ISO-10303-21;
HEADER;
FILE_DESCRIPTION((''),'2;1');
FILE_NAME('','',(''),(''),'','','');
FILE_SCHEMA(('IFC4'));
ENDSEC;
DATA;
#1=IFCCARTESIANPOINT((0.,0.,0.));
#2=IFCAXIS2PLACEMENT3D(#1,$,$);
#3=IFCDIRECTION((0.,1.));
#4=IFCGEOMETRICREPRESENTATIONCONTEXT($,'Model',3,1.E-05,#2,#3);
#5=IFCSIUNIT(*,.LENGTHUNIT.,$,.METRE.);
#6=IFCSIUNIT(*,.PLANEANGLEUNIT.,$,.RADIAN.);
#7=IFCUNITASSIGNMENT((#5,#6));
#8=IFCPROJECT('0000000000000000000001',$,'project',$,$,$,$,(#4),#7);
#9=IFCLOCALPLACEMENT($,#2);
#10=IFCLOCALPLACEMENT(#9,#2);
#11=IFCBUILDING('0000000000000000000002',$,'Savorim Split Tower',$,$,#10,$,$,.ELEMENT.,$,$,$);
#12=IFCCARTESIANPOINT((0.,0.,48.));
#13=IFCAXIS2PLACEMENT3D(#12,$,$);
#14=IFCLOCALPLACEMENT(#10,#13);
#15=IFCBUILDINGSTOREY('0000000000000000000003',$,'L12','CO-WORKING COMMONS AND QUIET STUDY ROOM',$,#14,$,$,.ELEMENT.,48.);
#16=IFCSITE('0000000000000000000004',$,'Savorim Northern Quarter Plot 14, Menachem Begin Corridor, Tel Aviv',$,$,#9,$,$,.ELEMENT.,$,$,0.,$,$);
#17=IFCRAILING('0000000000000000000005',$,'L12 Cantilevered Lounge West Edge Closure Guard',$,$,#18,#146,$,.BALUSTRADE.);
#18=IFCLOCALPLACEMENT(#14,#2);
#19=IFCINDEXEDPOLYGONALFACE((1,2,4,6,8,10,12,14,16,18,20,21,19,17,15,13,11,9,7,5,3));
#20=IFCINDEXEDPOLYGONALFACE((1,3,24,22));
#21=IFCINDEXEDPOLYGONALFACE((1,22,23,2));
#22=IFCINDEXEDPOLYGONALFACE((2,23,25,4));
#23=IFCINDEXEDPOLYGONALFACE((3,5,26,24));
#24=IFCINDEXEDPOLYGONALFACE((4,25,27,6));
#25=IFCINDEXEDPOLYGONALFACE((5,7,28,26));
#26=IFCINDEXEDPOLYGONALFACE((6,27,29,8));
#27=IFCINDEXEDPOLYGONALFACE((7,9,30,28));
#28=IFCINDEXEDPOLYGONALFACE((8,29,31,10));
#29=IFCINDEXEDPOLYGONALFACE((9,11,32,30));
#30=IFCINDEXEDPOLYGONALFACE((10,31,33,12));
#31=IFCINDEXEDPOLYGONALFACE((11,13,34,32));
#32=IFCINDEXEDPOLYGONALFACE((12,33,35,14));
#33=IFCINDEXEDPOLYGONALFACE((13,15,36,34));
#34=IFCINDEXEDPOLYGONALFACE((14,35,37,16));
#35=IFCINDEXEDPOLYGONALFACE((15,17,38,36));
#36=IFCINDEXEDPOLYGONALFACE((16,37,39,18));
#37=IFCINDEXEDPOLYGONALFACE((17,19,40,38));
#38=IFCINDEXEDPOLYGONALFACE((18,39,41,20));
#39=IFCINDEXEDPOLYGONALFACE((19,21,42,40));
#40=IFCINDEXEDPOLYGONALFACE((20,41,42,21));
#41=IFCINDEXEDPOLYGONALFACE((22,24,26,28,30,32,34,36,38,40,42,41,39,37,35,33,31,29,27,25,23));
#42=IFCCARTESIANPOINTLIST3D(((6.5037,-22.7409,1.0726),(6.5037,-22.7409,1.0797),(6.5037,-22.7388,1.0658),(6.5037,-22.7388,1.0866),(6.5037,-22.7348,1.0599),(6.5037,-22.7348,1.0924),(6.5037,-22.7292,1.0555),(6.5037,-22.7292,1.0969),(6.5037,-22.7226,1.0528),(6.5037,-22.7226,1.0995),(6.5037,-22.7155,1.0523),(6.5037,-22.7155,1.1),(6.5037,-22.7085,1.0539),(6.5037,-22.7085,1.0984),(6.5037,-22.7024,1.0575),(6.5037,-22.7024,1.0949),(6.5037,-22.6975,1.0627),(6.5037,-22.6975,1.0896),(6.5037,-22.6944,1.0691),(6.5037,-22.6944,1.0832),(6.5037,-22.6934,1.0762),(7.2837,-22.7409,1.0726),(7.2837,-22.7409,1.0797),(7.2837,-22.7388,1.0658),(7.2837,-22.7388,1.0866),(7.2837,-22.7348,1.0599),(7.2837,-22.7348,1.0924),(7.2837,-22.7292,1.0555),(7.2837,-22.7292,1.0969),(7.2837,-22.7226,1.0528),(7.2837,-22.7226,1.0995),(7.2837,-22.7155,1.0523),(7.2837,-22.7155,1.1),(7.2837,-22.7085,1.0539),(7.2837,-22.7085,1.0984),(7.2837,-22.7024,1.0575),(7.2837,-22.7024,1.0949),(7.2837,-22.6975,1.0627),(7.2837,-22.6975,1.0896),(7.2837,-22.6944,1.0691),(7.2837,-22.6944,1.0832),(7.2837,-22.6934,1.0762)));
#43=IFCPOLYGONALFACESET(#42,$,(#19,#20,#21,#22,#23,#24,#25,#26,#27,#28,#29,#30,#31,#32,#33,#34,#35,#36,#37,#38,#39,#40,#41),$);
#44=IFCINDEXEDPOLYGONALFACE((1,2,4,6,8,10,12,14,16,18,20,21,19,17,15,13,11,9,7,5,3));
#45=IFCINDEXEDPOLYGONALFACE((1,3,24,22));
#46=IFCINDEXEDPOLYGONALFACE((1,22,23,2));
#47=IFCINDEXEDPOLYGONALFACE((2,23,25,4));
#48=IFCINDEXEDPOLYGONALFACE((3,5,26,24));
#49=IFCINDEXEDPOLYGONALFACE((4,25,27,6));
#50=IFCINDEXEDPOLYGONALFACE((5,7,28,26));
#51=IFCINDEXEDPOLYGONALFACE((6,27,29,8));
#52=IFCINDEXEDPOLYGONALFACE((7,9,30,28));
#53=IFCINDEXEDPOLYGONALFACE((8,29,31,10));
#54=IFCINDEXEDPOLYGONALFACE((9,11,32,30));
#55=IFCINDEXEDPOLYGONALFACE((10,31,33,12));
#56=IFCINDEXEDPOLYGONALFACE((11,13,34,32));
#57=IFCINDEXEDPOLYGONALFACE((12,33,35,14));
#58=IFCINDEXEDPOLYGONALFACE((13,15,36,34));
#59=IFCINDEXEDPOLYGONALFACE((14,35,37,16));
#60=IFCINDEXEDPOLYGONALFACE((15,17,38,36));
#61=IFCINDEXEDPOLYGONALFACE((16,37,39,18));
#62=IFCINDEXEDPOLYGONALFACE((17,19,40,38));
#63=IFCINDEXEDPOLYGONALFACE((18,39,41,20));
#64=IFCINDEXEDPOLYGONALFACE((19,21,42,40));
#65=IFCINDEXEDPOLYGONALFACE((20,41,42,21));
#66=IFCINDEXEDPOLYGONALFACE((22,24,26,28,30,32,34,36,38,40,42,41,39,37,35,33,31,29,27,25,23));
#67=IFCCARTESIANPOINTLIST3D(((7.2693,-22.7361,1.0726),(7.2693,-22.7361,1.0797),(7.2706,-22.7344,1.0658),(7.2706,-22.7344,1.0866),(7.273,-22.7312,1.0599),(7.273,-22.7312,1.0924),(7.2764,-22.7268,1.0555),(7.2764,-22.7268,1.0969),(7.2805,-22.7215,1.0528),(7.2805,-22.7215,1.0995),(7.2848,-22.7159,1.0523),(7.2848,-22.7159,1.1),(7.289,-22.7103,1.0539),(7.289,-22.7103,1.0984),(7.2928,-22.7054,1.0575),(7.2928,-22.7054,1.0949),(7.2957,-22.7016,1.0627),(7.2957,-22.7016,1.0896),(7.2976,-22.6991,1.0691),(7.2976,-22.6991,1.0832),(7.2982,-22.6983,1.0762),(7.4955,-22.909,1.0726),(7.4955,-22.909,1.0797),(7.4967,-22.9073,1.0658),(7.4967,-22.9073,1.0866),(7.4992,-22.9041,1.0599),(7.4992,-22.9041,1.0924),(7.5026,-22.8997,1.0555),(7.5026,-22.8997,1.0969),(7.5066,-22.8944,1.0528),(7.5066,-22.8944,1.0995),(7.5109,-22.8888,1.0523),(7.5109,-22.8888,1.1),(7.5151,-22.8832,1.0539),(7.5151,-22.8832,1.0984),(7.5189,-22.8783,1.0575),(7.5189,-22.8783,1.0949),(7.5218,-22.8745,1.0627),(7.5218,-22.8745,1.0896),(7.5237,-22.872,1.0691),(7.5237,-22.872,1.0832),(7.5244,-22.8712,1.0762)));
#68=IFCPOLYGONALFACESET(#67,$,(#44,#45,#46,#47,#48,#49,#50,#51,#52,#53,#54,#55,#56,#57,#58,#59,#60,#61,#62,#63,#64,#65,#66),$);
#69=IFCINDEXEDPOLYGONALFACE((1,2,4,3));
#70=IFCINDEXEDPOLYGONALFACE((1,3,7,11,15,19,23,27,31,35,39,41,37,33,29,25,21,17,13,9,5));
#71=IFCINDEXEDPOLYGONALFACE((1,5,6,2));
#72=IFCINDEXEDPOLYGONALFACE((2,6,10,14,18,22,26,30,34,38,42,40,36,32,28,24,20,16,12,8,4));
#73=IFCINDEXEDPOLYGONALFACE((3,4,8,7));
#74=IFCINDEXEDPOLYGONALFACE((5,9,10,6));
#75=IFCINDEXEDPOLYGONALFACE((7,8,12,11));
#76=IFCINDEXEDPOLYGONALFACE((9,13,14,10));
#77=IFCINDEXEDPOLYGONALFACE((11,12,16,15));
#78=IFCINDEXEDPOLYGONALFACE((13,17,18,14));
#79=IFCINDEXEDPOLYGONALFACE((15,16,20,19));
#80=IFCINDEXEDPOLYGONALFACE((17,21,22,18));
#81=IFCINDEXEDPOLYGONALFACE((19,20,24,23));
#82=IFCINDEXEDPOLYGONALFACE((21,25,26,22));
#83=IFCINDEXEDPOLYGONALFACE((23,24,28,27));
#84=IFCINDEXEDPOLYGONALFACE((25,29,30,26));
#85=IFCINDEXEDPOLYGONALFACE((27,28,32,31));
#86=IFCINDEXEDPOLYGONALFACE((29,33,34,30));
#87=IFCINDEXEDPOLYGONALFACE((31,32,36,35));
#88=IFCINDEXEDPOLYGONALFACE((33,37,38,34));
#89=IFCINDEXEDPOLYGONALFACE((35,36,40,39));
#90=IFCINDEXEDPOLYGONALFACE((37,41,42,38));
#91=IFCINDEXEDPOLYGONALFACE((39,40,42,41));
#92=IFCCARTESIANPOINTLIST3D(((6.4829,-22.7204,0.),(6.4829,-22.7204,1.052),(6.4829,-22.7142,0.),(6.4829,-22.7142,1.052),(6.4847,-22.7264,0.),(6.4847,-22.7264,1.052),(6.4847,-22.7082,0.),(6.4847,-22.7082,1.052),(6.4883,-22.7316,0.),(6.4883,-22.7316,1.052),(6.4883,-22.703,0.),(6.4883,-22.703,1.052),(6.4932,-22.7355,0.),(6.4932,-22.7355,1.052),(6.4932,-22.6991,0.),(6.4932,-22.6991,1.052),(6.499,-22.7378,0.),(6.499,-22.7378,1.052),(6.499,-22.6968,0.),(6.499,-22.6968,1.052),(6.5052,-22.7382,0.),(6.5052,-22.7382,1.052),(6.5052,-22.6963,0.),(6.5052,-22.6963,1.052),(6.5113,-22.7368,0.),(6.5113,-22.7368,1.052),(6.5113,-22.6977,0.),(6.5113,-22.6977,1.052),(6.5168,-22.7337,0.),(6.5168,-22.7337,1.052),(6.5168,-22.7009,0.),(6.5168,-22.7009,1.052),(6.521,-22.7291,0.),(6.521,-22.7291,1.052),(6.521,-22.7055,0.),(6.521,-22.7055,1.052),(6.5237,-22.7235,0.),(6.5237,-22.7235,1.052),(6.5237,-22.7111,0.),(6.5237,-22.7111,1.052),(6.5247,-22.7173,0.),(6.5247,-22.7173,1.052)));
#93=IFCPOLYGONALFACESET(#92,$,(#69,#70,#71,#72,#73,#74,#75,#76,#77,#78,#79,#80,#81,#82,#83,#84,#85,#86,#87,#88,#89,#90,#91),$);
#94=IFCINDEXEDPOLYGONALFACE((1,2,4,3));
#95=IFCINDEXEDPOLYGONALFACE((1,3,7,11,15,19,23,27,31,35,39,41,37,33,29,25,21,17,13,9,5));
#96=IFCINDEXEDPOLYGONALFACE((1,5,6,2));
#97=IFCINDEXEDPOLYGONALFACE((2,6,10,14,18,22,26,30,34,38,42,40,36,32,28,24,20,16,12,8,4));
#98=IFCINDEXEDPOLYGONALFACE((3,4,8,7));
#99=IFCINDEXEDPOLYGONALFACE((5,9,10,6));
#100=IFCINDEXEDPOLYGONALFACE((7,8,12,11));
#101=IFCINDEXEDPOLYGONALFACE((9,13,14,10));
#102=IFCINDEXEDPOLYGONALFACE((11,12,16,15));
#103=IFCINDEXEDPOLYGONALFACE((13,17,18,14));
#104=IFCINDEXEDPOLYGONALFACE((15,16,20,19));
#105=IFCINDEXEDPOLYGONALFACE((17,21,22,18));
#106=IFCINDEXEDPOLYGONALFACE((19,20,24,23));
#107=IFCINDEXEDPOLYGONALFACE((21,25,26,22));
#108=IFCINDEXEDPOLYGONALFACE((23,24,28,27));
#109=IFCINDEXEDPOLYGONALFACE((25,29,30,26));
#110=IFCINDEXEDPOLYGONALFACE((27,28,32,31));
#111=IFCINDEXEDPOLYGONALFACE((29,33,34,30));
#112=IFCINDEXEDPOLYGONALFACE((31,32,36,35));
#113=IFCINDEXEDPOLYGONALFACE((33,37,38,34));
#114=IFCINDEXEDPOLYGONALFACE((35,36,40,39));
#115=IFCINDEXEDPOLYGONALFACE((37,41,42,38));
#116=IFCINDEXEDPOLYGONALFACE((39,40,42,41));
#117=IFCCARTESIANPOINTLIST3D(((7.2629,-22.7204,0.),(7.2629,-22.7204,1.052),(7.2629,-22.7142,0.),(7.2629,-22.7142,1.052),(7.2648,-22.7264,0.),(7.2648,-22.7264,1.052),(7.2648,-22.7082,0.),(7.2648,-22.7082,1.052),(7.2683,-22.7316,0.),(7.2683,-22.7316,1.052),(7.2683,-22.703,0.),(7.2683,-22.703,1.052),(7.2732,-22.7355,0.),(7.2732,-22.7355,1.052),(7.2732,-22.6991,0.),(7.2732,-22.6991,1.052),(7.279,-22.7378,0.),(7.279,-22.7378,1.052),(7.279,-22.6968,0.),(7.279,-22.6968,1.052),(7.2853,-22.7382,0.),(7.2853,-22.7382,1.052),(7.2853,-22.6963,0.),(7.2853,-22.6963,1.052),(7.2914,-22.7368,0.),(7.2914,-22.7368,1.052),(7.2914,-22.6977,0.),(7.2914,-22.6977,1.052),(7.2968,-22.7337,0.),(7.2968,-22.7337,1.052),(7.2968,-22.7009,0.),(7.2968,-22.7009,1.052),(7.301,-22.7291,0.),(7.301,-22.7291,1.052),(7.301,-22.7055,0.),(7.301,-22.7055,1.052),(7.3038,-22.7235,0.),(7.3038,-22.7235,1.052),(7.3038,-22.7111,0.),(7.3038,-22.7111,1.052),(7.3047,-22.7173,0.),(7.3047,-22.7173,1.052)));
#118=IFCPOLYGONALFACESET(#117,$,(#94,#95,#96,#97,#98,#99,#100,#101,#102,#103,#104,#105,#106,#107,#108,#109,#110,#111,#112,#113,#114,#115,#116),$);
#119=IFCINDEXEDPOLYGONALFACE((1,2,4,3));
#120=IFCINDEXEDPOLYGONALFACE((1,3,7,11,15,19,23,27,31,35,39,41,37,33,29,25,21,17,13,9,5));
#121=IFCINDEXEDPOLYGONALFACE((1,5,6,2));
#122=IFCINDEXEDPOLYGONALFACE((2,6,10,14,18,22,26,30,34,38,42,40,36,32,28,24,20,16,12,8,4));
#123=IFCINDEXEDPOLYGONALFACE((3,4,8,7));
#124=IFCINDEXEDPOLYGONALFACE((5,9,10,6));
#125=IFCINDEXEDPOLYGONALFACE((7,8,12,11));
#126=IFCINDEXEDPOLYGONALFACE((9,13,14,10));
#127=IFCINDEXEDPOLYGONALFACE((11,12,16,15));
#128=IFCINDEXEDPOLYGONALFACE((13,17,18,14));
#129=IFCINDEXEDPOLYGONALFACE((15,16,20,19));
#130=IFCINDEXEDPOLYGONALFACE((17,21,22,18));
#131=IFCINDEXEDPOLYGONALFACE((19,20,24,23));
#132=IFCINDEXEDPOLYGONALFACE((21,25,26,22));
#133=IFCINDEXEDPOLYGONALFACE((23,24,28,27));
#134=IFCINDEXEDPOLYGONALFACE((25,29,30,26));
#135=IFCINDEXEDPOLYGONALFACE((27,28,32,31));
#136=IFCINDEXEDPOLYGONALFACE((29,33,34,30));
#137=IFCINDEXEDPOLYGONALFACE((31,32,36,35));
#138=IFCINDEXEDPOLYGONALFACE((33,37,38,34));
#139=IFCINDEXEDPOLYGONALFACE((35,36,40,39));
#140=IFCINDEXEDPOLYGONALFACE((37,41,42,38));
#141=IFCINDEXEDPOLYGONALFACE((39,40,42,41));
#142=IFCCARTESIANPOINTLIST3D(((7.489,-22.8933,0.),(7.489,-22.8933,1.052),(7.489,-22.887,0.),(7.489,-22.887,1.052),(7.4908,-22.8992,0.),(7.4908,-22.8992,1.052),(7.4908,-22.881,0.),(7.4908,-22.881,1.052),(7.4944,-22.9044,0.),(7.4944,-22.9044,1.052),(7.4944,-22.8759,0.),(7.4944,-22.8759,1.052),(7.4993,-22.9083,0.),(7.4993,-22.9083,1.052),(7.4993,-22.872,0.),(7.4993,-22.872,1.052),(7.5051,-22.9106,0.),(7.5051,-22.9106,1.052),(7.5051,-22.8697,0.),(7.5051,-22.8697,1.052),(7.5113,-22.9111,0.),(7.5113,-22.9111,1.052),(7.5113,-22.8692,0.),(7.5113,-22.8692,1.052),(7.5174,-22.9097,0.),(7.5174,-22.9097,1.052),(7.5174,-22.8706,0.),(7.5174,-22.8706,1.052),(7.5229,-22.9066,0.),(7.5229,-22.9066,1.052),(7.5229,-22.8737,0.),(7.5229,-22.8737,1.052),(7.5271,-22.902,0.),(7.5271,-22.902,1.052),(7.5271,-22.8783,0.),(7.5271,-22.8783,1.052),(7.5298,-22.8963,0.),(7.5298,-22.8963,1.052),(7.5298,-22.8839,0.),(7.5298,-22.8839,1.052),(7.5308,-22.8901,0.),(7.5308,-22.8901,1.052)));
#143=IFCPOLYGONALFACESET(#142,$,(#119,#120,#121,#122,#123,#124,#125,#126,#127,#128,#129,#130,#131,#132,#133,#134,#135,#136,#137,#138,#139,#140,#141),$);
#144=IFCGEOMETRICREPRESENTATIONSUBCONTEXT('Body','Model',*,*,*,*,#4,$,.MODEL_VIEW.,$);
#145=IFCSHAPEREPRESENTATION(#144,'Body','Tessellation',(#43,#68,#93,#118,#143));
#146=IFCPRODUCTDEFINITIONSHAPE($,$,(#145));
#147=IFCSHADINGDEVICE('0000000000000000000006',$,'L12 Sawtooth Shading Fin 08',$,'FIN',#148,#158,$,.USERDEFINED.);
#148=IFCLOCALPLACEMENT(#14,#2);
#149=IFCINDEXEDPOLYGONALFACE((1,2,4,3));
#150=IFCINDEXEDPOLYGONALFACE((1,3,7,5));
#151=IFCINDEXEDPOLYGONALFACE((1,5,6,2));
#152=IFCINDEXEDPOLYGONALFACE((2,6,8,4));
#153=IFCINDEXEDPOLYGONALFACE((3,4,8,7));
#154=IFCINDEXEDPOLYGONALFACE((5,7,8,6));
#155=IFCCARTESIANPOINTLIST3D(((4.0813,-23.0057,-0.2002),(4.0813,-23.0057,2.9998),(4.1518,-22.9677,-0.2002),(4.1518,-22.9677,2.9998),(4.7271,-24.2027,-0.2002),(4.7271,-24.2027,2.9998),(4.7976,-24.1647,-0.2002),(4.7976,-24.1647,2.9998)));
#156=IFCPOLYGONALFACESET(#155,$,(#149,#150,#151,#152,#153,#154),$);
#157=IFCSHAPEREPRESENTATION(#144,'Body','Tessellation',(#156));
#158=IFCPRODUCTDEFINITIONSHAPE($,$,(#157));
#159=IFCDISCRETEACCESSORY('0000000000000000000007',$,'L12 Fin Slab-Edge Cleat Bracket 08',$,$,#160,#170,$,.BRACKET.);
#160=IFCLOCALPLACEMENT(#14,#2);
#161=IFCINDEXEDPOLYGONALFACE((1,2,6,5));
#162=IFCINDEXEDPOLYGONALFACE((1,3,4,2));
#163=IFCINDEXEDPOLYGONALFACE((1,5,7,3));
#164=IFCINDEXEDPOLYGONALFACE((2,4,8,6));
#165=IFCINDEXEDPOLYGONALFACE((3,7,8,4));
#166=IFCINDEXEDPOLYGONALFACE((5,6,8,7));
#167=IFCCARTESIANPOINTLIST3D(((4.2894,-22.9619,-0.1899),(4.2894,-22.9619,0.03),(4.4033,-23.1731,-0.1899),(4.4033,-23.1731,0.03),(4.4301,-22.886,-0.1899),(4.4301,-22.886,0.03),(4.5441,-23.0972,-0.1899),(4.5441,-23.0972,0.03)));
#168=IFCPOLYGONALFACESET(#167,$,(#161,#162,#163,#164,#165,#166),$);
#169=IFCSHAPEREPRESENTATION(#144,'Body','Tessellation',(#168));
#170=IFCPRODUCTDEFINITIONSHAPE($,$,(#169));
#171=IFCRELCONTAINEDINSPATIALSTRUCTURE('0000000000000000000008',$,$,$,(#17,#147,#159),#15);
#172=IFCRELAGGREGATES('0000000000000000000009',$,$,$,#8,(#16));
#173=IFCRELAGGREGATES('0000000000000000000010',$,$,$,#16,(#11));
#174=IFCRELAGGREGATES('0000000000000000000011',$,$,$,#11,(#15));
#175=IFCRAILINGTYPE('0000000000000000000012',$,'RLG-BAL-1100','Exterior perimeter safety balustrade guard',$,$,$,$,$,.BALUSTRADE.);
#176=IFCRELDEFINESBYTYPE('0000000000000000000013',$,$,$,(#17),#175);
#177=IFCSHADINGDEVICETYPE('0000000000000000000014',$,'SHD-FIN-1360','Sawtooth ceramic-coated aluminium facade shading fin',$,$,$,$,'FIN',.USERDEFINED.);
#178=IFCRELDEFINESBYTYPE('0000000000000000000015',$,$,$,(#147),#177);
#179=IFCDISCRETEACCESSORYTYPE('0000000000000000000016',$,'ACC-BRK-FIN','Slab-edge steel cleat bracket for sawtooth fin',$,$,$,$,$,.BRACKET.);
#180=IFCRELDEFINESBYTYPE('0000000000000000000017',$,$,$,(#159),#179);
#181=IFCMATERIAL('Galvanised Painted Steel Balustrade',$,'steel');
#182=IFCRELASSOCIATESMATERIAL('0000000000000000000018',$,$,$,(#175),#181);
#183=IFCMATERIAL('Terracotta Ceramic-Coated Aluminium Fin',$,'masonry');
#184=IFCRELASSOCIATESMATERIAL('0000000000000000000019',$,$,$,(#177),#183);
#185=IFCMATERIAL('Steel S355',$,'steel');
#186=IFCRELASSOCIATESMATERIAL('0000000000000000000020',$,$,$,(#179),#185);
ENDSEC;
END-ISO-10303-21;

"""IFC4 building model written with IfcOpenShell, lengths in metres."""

from ifc_helpers import new_model, si_unit, direction, frame, origin, origin_2d, place, context, subcontext, project, spatial, rectangle, circle, extrude, material, type_object, element, save


model = new_model("IFC4")

# Units and contexts
model_context = context("Model", 3, precision=1e-05, world=origin(), true_north=direction((0.0, 1.0)))
body_context = subcontext(model_context, "Body", "Model", "MODEL_VIEW")
ifc_project = project(units=[si_unit("LENGTHUNIT", "METRE"), si_unit("PLANEANGLEUNIT", "RADIAN")], contexts=[model_context])

# Site, building, storey
site_placement = place(None, origin())
site = spatial("IfcSite", under=ifc_project, at=site_placement, Name="Savorim Northern Quarter Plot 14, Menachem Begin Corridor, Tel Aviv", CompositionType="ELEMENT", RefElevation=0.0)
building_placement = place(site_placement, origin())
building = spatial("IfcBuilding", under=site, at=building_placement, Name="Savorim Split Tower", CompositionType="ELEMENT")
storey_placement = place(building_placement, frame((0.0, 0.0, 48.0)))
storey = spatial("IfcBuildingStorey", under=building, at=storey_placement, Name="L12", Description="CO-WORKING COMMONS AND QUIET STUDY ROOM", CompositionType="ELEMENT", Elevation=48.0)

# Shared definitions
ifc_material_1 = material(Name="Steel S355", Category="steel")

# Railing
ifc_material_2 = material(Name="Galvanised Painted Steel Balustrade", Category="steel")
railing_type = type_object("IfcRailingType", Name="RLG-BAL-1100", Description="Exterior perimeter safety balustrade guard", PredefinedType="BALUSTRADE", material=ifc_material_2)
railing_placement = place(storey_placement, frame((6.5037, -22.7173, 0.0)))
element("IfcRailing", 1, at=railing_placement, inside=storey, type_object=railing_type, Name="L12 Cantilevered Lounge West Edge Closure Guard", PredefinedType="BALUSTRADE", context=body_context, shape_type="SweptSolid", body=[
    extrude(circle(Radius=0.0239, at=origin_2d()), frame((0.0, 0.0, 1.0762), z_axis=(1.0, 0.0, 0.0), x_axis=(0.0, 1.0, 0.0)), (0.0, 0.0, 1.0), 0.78),
    extrude(circle(Radius=0.0239, at=origin_2d()), frame((0.78, 0.0, 1.0762), z_axis=(0.794407, -0.607386, 0.0), x_axis=(0.607386, 0.794407, 0.0)), (0.0, 0.0, 1.0), 0.2847),
    extrude(circle(Radius=0.021, at=origin_2d()), origin(), (0.0, 0.0, 1.0), 1.052),
    extrude(circle(Radius=0.021, at=origin_2d()), frame((0.78, 0.0, 0.0)), (0.0, 0.0, 1.0), 1.052),
    extrude(circle(Radius=0.021, at=origin_2d()), frame((1.0061, -0.1729, 0.0)), (0.0, 0.0, 1.0), 1.052),
])

# Shading device
ifc_material_3 = material(Name="Terracotta Ceramic-Coated Aluminium Fin", Category="masonry")
shading_device_type = type_object("IfcShadingDeviceType", Name="SHD-FIN-1360", Description="Sawtooth ceramic-coated aluminium facade shading fin", ElementType="FIN", PredefinedType="USERDEFINED", material=ifc_material_3)
shading_device_placement = place(storey_placement, frame((4.4395, -23.5852, -0.2002), z_axis=(0.0, 0.0, 1.0), x_axis=(0.474778, -0.880106, 0.0)))
element("IfcShadingDevice", 2, at=shading_device_placement, inside=storey, type_object=shading_device_type, Name="L12 Sawtooth Shading Fin 08", ObjectType="FIN", PredefinedType="USERDEFINED", context=body_context, shape_type="SweptSolid", body=[
    extrude(rectangle(XDim=1.3601, YDim=0.0801, at=origin_2d()), origin(), (0.0, 0.0, 1.0), 3.2),
])

# Discrete accessory
discrete_accessory_type = type_object("IfcDiscreteAccessoryType", Name="ACC-BRK-FIN", Description="Slab-edge steel cleat bracket for sawtooth fin", PredefinedType="BRACKET", material=ifc_material_1)
discrete_accessory_placement = place(storey_placement, frame((4.4167, -23.0295, -0.1899), z_axis=(0.0, 0.0, 1.0), x_axis=(0.474778, -0.880106, 0.0)))
element("IfcDiscreteAccessory", 3, at=discrete_accessory_placement, inside=storey, type_object=discrete_accessory_type, Name="L12 Fin Slab-Edge Cleat Bracket 08", PredefinedType="BRACKET", context=body_context, shape_type="SweptSolid", body=[
    extrude(rectangle(XDim=0.24, YDim=0.1599, at=origin_2d()), origin(), (0.0, 0.0, 1.0), 0.22),
])

save(model, "model.ifc")
